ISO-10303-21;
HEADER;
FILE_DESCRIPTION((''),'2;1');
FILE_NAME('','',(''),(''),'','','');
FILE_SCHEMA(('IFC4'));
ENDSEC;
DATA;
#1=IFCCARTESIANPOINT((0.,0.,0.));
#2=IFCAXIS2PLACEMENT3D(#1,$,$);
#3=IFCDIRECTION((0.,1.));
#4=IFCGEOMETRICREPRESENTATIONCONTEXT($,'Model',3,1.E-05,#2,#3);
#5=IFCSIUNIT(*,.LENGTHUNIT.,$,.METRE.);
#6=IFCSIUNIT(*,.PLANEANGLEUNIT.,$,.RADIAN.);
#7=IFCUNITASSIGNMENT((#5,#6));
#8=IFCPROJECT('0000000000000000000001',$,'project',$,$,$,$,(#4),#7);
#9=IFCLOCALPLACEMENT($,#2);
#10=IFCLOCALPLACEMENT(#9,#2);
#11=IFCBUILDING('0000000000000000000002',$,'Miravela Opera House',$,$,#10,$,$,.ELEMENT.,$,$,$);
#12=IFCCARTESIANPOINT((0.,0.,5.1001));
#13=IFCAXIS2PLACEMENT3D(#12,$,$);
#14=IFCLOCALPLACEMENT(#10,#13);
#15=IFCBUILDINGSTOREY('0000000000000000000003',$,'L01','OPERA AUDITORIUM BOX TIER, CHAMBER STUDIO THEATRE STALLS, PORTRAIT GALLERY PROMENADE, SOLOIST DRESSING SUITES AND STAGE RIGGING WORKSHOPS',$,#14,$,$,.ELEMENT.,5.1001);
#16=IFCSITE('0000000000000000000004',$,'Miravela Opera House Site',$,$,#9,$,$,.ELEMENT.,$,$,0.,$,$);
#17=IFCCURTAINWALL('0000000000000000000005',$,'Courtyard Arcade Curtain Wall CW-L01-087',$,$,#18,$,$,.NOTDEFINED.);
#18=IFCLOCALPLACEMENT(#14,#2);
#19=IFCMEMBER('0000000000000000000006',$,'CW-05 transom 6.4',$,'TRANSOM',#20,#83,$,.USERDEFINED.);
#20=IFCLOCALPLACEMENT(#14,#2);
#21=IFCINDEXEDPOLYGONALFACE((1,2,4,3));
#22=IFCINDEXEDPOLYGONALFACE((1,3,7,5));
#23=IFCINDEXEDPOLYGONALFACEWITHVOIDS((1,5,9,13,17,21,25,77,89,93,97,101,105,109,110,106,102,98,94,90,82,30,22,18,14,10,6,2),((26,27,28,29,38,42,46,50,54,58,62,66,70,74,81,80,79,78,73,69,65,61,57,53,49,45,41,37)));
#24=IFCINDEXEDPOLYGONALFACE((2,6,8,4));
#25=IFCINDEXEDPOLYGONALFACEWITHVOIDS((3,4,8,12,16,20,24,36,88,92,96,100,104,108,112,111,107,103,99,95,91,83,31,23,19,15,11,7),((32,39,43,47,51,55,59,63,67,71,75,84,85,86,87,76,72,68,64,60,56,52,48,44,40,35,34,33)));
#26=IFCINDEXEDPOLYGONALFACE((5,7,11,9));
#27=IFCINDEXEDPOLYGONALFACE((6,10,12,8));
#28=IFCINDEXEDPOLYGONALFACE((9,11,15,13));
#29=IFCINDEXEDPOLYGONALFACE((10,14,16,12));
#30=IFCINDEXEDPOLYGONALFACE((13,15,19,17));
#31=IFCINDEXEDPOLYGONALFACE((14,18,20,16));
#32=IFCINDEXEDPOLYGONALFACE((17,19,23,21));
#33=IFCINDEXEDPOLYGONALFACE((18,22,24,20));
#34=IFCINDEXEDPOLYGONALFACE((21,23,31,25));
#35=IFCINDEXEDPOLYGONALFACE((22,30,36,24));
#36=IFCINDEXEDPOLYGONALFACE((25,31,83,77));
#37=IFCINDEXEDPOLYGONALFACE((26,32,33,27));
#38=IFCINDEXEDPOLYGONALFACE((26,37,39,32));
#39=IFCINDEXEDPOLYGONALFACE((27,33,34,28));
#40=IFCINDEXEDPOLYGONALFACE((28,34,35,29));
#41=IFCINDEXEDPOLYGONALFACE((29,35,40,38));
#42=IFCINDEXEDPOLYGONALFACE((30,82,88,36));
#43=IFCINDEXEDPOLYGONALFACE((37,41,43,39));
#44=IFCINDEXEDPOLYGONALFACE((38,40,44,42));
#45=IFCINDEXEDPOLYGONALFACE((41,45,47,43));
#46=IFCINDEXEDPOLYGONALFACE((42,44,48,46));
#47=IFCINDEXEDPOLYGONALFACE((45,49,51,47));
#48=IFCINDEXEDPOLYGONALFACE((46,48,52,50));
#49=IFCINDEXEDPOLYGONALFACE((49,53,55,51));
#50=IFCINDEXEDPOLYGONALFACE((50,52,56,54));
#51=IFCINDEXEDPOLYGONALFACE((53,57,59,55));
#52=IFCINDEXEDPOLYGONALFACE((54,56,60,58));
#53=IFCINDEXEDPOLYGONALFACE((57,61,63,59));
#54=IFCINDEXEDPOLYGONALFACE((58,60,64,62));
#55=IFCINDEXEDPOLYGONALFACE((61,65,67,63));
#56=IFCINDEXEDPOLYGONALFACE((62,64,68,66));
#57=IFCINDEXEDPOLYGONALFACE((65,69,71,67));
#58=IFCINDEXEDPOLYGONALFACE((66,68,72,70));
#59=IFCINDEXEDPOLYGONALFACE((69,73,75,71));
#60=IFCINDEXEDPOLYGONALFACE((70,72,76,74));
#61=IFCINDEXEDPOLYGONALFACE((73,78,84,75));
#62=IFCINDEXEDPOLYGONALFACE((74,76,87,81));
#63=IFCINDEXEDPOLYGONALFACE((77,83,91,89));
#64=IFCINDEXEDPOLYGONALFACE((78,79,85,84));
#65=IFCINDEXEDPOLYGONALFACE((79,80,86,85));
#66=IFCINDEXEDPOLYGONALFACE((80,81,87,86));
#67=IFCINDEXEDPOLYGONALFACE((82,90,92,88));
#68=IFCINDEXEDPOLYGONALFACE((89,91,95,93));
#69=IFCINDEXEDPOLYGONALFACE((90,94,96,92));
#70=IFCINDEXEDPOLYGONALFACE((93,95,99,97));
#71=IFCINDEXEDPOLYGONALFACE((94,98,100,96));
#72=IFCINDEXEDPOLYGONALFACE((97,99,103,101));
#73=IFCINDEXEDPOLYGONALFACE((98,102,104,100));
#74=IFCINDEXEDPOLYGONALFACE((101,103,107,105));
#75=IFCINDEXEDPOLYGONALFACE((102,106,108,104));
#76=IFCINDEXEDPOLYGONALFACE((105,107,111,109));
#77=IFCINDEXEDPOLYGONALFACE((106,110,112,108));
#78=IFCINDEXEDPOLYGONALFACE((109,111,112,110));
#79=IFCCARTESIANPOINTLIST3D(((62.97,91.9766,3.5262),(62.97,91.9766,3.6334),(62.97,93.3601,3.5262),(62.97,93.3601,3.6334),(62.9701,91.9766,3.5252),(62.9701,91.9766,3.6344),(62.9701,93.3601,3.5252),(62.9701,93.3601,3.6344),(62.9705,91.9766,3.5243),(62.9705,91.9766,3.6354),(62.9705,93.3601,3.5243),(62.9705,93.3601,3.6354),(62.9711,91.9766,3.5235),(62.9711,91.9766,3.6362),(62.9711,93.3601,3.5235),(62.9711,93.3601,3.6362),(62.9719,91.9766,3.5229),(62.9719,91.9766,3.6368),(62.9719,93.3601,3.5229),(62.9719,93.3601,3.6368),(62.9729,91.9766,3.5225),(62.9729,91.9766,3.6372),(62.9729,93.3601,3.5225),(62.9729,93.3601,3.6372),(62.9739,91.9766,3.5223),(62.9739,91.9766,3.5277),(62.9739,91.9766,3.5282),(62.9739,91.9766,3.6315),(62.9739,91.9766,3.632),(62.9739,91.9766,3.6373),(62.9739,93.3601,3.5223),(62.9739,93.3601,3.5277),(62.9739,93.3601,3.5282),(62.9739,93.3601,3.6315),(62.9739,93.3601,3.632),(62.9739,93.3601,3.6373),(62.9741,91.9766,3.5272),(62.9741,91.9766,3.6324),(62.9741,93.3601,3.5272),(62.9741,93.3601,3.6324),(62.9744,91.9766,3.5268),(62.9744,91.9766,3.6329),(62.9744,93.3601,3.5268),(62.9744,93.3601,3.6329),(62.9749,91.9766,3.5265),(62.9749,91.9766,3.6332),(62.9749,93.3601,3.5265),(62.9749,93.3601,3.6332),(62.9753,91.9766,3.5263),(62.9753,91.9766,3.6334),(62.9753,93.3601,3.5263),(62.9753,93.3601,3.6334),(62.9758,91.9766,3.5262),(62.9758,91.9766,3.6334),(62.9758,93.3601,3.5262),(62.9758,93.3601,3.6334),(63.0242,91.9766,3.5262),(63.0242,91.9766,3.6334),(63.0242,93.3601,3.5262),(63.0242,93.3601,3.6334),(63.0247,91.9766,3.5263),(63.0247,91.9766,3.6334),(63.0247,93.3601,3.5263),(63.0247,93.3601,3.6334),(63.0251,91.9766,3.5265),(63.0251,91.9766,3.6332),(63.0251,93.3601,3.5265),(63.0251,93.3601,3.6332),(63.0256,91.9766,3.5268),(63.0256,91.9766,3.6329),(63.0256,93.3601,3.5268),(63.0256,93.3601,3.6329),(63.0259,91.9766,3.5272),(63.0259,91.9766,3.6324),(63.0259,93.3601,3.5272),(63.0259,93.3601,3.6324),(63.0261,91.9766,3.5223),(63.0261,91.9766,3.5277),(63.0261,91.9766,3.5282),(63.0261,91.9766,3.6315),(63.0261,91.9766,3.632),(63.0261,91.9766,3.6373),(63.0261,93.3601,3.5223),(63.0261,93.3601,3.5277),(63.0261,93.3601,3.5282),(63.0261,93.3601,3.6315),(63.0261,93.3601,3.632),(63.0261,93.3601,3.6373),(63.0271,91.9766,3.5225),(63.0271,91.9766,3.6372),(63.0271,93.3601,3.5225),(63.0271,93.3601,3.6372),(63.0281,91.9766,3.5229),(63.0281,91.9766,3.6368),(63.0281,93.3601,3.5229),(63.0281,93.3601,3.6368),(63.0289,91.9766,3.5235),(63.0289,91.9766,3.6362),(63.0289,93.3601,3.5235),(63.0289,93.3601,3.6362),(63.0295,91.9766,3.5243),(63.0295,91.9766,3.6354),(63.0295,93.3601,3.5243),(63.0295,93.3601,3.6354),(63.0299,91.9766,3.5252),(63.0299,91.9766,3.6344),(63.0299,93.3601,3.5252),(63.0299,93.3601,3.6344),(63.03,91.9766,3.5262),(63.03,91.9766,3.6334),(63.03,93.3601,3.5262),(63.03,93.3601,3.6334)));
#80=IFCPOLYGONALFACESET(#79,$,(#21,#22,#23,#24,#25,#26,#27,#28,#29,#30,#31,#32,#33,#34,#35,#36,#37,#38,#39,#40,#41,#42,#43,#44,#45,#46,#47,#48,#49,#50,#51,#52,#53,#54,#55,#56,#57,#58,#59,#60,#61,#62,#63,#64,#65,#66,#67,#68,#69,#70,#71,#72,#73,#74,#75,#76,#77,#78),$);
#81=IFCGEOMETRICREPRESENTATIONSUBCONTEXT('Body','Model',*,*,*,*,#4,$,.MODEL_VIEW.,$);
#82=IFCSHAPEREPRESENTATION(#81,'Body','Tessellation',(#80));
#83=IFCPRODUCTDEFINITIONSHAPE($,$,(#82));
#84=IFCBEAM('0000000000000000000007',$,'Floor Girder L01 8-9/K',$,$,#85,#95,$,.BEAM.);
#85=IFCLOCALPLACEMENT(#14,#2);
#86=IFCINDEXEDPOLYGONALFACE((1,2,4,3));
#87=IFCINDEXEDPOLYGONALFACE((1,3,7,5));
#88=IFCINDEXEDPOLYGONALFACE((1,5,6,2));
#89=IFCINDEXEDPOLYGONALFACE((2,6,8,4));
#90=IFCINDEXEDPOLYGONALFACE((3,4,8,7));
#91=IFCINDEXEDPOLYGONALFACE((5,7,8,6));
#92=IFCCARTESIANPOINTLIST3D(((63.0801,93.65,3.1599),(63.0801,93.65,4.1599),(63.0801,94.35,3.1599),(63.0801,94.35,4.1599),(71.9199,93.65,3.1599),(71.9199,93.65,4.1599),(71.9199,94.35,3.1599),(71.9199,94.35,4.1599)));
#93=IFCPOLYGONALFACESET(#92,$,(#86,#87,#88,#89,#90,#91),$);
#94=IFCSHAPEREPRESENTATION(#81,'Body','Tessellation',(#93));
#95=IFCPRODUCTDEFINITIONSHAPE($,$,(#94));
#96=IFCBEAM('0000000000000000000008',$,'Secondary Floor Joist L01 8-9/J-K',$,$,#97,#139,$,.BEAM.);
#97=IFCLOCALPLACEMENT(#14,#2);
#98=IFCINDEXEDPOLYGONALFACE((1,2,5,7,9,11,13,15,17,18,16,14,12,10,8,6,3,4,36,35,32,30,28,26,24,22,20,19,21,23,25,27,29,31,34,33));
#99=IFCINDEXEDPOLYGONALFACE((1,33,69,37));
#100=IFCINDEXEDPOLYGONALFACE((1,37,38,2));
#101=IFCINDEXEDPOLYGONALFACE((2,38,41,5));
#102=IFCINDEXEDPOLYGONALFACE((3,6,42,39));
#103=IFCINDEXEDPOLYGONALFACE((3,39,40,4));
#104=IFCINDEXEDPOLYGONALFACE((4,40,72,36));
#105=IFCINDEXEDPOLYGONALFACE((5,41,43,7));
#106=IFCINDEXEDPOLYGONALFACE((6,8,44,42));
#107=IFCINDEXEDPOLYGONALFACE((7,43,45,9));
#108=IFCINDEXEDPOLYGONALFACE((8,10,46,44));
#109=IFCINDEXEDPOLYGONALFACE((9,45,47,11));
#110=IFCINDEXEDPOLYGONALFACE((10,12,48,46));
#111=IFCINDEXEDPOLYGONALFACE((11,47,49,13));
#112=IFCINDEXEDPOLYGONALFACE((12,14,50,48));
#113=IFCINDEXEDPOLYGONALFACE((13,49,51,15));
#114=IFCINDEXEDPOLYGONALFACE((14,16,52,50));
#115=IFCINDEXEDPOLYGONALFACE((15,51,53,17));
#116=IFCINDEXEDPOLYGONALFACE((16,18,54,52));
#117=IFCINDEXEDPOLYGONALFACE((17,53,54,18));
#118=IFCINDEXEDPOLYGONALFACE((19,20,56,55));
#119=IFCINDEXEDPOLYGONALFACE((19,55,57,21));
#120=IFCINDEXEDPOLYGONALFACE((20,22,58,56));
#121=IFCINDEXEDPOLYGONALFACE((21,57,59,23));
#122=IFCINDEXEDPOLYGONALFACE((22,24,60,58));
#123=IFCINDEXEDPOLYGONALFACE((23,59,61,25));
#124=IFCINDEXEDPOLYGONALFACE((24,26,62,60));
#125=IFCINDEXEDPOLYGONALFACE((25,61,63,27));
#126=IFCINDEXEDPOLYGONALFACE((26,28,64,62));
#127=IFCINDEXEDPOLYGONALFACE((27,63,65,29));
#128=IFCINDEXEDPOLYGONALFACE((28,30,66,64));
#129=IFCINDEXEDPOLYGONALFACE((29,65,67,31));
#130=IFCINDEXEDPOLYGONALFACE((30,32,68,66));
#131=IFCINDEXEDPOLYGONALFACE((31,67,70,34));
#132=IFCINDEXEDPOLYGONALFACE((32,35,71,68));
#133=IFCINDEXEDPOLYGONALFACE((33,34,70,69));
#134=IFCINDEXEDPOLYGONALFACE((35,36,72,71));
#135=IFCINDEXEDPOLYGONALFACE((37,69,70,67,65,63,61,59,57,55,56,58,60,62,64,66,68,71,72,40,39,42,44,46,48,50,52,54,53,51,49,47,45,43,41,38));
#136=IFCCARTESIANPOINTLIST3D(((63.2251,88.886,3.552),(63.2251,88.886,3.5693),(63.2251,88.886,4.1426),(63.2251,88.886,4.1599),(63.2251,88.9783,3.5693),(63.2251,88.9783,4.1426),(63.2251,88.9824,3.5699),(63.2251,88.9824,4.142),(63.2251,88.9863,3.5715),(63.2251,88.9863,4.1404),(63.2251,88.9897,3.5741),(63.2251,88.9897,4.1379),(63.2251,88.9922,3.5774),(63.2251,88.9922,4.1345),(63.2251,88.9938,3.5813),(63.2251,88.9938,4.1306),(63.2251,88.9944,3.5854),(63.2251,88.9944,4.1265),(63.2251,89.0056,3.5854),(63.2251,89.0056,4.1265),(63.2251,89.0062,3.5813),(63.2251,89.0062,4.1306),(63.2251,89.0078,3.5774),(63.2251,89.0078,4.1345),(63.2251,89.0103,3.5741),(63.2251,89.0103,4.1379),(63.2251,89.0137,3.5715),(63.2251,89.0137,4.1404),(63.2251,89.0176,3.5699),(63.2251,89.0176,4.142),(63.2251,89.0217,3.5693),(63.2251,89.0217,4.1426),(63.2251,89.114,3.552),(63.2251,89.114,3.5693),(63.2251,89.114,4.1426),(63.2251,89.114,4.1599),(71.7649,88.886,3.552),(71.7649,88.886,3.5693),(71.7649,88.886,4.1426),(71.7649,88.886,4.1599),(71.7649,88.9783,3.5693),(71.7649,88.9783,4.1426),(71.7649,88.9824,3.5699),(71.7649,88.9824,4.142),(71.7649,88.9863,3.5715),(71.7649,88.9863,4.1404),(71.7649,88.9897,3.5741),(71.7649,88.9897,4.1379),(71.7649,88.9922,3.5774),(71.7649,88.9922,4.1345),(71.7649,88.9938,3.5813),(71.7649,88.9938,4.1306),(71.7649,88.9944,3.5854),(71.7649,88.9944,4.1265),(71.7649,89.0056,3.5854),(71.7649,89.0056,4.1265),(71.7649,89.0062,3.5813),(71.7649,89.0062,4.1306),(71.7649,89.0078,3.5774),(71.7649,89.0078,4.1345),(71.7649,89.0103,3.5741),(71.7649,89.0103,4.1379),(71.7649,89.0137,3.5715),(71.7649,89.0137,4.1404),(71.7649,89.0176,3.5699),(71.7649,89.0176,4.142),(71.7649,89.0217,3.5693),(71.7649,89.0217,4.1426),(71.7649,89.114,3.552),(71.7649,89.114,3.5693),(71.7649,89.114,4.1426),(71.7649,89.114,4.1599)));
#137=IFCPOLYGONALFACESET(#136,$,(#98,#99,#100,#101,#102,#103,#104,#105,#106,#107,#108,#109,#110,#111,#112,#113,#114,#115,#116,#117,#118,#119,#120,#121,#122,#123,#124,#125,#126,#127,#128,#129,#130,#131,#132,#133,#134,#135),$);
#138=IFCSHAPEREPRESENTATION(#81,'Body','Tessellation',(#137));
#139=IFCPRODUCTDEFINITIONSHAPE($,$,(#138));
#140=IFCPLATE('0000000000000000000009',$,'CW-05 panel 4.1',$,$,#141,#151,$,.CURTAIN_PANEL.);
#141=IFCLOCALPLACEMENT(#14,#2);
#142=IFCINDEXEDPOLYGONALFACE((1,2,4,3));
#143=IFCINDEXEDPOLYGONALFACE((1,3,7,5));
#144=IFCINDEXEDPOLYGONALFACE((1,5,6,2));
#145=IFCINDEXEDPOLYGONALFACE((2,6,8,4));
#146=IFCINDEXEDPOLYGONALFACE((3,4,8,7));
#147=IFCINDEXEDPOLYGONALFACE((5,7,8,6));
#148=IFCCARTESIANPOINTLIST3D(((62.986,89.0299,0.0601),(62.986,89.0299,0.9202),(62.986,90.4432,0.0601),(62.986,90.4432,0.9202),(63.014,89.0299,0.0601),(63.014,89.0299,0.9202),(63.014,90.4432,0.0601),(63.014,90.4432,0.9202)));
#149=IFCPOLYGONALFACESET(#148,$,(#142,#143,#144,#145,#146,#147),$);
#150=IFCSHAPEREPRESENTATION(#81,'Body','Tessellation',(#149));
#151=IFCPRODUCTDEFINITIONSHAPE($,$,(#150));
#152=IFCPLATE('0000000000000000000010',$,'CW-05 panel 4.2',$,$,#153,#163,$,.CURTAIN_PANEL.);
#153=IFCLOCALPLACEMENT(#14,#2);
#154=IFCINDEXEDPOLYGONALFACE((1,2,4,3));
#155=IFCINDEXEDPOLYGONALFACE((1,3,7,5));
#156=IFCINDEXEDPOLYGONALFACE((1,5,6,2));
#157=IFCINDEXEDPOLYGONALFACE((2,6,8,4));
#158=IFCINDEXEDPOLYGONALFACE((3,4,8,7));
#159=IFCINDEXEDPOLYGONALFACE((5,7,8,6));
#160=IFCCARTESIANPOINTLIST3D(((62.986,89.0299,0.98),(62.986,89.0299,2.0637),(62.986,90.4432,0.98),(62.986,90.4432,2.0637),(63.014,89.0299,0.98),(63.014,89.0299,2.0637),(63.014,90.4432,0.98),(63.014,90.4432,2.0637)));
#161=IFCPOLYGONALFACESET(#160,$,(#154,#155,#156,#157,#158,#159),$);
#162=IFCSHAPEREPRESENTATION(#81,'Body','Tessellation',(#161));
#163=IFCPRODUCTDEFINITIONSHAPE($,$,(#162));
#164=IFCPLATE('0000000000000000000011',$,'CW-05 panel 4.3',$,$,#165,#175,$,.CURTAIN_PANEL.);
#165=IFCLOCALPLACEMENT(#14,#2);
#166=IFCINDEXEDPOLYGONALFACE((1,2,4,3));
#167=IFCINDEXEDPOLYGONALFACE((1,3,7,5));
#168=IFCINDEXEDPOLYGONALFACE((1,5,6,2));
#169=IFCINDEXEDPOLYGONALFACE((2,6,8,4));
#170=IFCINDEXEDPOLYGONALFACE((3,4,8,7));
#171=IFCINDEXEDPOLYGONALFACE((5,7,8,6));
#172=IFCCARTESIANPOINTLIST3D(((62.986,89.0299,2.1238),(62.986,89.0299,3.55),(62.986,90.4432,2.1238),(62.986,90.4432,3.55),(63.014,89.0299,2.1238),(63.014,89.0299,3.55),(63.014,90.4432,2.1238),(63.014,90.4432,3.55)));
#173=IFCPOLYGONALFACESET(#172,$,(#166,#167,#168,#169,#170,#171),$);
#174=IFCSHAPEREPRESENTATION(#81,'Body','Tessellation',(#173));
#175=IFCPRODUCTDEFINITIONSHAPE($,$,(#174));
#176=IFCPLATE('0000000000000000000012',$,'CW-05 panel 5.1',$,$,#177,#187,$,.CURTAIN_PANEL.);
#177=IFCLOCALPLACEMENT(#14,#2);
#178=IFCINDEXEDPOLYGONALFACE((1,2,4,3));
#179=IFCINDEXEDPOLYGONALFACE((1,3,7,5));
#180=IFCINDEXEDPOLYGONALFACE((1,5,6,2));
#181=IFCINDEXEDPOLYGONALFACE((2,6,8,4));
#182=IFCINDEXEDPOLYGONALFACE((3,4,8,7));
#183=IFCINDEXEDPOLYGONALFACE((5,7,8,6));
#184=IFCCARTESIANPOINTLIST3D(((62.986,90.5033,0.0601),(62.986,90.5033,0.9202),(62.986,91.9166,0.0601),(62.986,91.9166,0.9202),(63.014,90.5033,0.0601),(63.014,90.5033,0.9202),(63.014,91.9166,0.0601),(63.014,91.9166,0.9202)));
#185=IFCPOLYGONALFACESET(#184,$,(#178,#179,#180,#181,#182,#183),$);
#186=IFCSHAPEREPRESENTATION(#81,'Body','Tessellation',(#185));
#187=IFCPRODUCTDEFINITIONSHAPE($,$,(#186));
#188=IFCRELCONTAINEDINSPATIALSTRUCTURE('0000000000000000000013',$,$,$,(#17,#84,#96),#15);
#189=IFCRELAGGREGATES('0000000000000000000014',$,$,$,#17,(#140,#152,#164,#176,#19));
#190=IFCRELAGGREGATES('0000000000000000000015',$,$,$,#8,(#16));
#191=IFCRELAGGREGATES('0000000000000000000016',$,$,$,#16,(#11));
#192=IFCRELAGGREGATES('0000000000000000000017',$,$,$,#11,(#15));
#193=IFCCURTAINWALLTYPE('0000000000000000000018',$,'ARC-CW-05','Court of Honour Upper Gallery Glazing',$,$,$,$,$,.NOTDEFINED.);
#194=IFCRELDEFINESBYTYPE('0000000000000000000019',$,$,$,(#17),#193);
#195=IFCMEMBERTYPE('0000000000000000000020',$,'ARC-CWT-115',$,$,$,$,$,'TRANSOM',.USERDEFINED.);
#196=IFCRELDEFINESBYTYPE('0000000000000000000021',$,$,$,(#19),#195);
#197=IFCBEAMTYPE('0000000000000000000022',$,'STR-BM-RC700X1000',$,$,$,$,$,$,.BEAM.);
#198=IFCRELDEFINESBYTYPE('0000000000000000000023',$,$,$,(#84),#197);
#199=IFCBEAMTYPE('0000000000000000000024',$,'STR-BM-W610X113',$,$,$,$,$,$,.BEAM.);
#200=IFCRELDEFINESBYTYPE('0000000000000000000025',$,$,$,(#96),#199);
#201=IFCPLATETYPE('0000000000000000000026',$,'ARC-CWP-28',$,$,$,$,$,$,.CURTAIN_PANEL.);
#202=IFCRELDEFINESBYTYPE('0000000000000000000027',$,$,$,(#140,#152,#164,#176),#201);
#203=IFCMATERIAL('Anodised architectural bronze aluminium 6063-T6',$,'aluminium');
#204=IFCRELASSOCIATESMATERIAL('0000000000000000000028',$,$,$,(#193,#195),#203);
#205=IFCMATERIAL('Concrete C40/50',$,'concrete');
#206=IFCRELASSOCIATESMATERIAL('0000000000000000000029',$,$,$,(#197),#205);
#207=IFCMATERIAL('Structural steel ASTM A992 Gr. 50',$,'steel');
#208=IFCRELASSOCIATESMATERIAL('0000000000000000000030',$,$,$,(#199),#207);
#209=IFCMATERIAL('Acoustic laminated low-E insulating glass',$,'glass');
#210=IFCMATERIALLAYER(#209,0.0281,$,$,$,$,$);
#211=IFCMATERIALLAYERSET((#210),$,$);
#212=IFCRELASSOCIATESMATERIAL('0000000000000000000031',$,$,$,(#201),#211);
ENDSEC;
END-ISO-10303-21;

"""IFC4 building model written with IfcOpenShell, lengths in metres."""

from ifc_helpers import new_model, si_unit, direction, frame, origin, origin_2d, place, context, subcontext, project, spatial, rectangle, hollow_rectangle, i_section, extrude, material, layer, layer_set, material_profile, profile_set, type_object, element, aggregate, save


model = new_model("IFC4")

# Units and contexts
model_context = context("Model", 3, precision=1e-05, world=origin(), true_north=direction((0.0, 1.0)))
body_context = subcontext(model_context, "Body", "Model", "MODEL_VIEW")
ifc_project = project(units=[si_unit("LENGTHUNIT", "METRE"), si_unit("PLANEANGLEUNIT", "RADIAN")], contexts=[model_context])

# Site, building, storey
site_placement = place(None, origin())
site = spatial("IfcSite", under=ifc_project, at=site_placement, Name="Miravela Opera House Site", CompositionType="ELEMENT", RefElevation=0.0)
building_placement = place(site_placement, origin())
building = spatial("IfcBuilding", under=site, at=building_placement, Name="Miravela Opera House", CompositionType="ELEMENT")
storey_placement = place(building_placement, frame((0.0, 0.0, 5.1001)))
storey = spatial("IfcBuildingStorey", under=building, at=storey_placement, Name="L01", Description="OPERA AUDITORIUM BOX TIER, CHAMBER STUDIO THEATRE STALLS, PORTRAIT GALLERY PROMENADE, SOLOIST DRESSING SUITES AND STAGE RIGGING WORKSHOPS", CompositionType="ELEMENT", Elevation=5.1001)

# Curtain wall, member
ifc_material_1 = material(Name="Anodised architectural bronze aluminium 6063-T6", Category="aluminium")
curtain_wall_type = type_object("IfcCurtainWallType", Name="ARC-CW-05", Description="Court of Honour Upper Gallery Glazing", PredefinedType="NOTDEFINED", material=ifc_material_1)
curtain_wall_placement = place(storey_placement, origin())
curtain_wall = element("IfcCurtainWall", 1, at=curtain_wall_placement, inside=storey, type_object=curtain_wall_type, Name="Courtyard Arcade Curtain Wall CW-L01-087", PredefinedType="NOTDEFINED")
ifc_material_profile_1 = material_profile(ifc_material_1, hollow_rectangle(XDim=0.0601, YDim=0.115, WallThickness=0.0039, InnerFilletRadius=0.002, OuterFilletRadius=0.0039, at=origin_2d()), Name="CWT-60X115")
ifc_profile_set_1 = profile_set([ifc_material_profile_1])
member_type_1 = type_object("IfcMemberType", Name="ARC-CWT-115", ElementType="TRANSOM", PredefinedType="USERDEFINED", material=ifc_profile_set_1)
member_1_placement = place(storey_placement, frame((63.0, 91.9766, 3.5798), z_axis=(0.0, 1.0, 0.0), x_axis=(-1.0, 0.0, 0.0)))
member_1 = element("IfcMember", 2, at=member_1_placement, type_object=member_type_1, Name="CW-05 transom 6.4", ObjectType="TRANSOM", PredefinedType="USERDEFINED", context=body_context, shape_type="SweptSolid", body=[
    extrude(hollow_rectangle(XDim=0.0601, YDim=0.115, WallThickness=0.0039, InnerFilletRadius=0.002, OuterFilletRadius=0.0039, at=origin_2d()), origin(), (0.0, 0.0, 1.0), 1.3835),
])

# Beams
ifc_material_2 = material(Name="Concrete C40/50", Category="concrete")
ifc_material_profile_2 = material_profile(ifc_material_2, rectangle(XDim=0.7, YDim=1.0, at=origin_2d()), Name="RC-BM-700X1000")
ifc_profile_set_2 = profile_set([ifc_material_profile_2])
beam_type_1 = type_object("IfcBeamType", Name="STR-BM-RC700X1000", PredefinedType="BEAM", material=ifc_profile_set_2)
beam_1_placement = place(storey_placement, frame((63.0801, 94.0, 3.6599), z_axis=(1.0, 0.0, 0.0), x_axis=(0.0, 1.0, 0.0)))
element("IfcBeam", 3, at=beam_1_placement, inside=storey, type_object=beam_type_1, Name="Floor Girder L01 8-9/K", PredefinedType="BEAM", context=body_context, shape_type="SweptSolid", body=[
    extrude(rectangle(XDim=0.7, YDim=1.0, at=origin_2d()), origin(), (0.0, 0.0, 1.0), 8.8398),
])
ifc_material_3 = material(Name="Structural steel ASTM A992 Gr. 50", Category="steel")
ifc_material_profile_3 = material_profile(ifc_material_3, i_section(OverallWidth=0.228, OverallDepth=0.6079, WebThickness=0.0112, FlangeThickness=0.0173, FilletRadius=0.0161, at=origin_2d()), Name="W610X113")
ifc_profile_set_3 = profile_set([ifc_material_profile_3])
beam_type_2 = type_object("IfcBeamType", Name="STR-BM-W610X113", PredefinedType="BEAM", material=ifc_profile_set_3)
beam_2_placement = place(storey_placement, frame((63.2251, 89.0, 3.856), z_axis=(1.0, 0.0, 0.0), x_axis=(0.0, 1.0, 0.0)))
element("IfcBeam", 4, at=beam_2_placement, inside=storey, type_object=beam_type_2, Name="Secondary Floor Joist L01 8-9/J-K", PredefinedType="BEAM", context=body_context, shape_type="SweptSolid", body=[
    extrude(i_section(OverallWidth=0.228, OverallDepth=0.6079, WebThickness=0.0112, FlangeThickness=0.0173, FilletRadius=0.0161, at=origin_2d()), origin(), (0.0, 0.0, 1.0), 8.5398),
])

# Plates
ifc_material_4 = material(Name="Acoustic laminated low-E insulating glass", Category="glass")
ifc_layer = layer(ifc_material_4, 0.0281)
ifc_layer_set = layer_set([ifc_layer])
plate_type = type_object("IfcPlateType", Name="ARC-CWP-28", PredefinedType="CURTAIN_PANEL", material=ifc_layer_set)
plate_1_placement = place(storey_placement, frame((63.0, 89.7366, 0.0601), z_axis=(0.0, 0.0, 1.0), x_axis=(0.0, 1.0, 0.0)))
plate_1 = element("IfcPlate", 5, at=plate_1_placement, type_object=plate_type, Name="CW-05 panel 4.1", PredefinedType="CURTAIN_PANEL", context=body_context, shape_type="SweptSolid", body=[
    extrude(rectangle(XDim=1.4133, YDim=0.0281, at=origin_2d()), origin(), (0.0, 0.0, 1.0), 0.8601),
])
plate_2_placement = place(storey_placement, frame((63.0, 89.7366, 0.98), z_axis=(0.0, 0.0, 1.0), x_axis=(0.0, 1.0, 0.0)))
plate_2 = element("IfcPlate", 6, at=plate_2_placement, type_object=plate_type, Name="CW-05 panel 4.2", PredefinedType="CURTAIN_PANEL", context=body_context, shape_type="SweptSolid", body=[
    extrude(rectangle(XDim=1.4133, YDim=0.0281, at=origin_2d()), origin(), (0.0, 0.0, 1.0), 1.0837),
])
plate_3_placement = place(storey_placement, frame((63.0, 89.7366, 2.1238), z_axis=(0.0, 0.0, 1.0), x_axis=(0.0, 1.0, 0.0)))
plate_3 = element("IfcPlate", 7, at=plate_3_placement, type_object=plate_type, Name="CW-05 panel 4.3", PredefinedType="CURTAIN_PANEL", context=body_context, shape_type="SweptSolid", body=[
    extrude(rectangle(XDim=1.4133, YDim=0.0281, at=origin_2d()), origin(), (0.0, 0.0, 1.0), 1.4263),
])
plate_4_placement = place(storey_placement, frame((63.0, 91.21, 0.0601), z_axis=(0.0, 0.0, 1.0), x_axis=(0.0, 1.0, 0.0)))
plate_4 = element("IfcPlate", 8, at=plate_4_placement, type_object=plate_type, Name="CW-05 panel 5.1", PredefinedType="CURTAIN_PANEL", context=body_context, shape_type="SweptSolid", body=[
    extrude(rectangle(XDim=1.4133, YDim=0.0281, at=origin_2d()), origin(), (0.0, 0.0, 1.0), 0.8601),
])
aggregate(curtain_wall, [plate_1, plate_2, plate_3, plate_4, member_1])

save(model, "model.ifc")
